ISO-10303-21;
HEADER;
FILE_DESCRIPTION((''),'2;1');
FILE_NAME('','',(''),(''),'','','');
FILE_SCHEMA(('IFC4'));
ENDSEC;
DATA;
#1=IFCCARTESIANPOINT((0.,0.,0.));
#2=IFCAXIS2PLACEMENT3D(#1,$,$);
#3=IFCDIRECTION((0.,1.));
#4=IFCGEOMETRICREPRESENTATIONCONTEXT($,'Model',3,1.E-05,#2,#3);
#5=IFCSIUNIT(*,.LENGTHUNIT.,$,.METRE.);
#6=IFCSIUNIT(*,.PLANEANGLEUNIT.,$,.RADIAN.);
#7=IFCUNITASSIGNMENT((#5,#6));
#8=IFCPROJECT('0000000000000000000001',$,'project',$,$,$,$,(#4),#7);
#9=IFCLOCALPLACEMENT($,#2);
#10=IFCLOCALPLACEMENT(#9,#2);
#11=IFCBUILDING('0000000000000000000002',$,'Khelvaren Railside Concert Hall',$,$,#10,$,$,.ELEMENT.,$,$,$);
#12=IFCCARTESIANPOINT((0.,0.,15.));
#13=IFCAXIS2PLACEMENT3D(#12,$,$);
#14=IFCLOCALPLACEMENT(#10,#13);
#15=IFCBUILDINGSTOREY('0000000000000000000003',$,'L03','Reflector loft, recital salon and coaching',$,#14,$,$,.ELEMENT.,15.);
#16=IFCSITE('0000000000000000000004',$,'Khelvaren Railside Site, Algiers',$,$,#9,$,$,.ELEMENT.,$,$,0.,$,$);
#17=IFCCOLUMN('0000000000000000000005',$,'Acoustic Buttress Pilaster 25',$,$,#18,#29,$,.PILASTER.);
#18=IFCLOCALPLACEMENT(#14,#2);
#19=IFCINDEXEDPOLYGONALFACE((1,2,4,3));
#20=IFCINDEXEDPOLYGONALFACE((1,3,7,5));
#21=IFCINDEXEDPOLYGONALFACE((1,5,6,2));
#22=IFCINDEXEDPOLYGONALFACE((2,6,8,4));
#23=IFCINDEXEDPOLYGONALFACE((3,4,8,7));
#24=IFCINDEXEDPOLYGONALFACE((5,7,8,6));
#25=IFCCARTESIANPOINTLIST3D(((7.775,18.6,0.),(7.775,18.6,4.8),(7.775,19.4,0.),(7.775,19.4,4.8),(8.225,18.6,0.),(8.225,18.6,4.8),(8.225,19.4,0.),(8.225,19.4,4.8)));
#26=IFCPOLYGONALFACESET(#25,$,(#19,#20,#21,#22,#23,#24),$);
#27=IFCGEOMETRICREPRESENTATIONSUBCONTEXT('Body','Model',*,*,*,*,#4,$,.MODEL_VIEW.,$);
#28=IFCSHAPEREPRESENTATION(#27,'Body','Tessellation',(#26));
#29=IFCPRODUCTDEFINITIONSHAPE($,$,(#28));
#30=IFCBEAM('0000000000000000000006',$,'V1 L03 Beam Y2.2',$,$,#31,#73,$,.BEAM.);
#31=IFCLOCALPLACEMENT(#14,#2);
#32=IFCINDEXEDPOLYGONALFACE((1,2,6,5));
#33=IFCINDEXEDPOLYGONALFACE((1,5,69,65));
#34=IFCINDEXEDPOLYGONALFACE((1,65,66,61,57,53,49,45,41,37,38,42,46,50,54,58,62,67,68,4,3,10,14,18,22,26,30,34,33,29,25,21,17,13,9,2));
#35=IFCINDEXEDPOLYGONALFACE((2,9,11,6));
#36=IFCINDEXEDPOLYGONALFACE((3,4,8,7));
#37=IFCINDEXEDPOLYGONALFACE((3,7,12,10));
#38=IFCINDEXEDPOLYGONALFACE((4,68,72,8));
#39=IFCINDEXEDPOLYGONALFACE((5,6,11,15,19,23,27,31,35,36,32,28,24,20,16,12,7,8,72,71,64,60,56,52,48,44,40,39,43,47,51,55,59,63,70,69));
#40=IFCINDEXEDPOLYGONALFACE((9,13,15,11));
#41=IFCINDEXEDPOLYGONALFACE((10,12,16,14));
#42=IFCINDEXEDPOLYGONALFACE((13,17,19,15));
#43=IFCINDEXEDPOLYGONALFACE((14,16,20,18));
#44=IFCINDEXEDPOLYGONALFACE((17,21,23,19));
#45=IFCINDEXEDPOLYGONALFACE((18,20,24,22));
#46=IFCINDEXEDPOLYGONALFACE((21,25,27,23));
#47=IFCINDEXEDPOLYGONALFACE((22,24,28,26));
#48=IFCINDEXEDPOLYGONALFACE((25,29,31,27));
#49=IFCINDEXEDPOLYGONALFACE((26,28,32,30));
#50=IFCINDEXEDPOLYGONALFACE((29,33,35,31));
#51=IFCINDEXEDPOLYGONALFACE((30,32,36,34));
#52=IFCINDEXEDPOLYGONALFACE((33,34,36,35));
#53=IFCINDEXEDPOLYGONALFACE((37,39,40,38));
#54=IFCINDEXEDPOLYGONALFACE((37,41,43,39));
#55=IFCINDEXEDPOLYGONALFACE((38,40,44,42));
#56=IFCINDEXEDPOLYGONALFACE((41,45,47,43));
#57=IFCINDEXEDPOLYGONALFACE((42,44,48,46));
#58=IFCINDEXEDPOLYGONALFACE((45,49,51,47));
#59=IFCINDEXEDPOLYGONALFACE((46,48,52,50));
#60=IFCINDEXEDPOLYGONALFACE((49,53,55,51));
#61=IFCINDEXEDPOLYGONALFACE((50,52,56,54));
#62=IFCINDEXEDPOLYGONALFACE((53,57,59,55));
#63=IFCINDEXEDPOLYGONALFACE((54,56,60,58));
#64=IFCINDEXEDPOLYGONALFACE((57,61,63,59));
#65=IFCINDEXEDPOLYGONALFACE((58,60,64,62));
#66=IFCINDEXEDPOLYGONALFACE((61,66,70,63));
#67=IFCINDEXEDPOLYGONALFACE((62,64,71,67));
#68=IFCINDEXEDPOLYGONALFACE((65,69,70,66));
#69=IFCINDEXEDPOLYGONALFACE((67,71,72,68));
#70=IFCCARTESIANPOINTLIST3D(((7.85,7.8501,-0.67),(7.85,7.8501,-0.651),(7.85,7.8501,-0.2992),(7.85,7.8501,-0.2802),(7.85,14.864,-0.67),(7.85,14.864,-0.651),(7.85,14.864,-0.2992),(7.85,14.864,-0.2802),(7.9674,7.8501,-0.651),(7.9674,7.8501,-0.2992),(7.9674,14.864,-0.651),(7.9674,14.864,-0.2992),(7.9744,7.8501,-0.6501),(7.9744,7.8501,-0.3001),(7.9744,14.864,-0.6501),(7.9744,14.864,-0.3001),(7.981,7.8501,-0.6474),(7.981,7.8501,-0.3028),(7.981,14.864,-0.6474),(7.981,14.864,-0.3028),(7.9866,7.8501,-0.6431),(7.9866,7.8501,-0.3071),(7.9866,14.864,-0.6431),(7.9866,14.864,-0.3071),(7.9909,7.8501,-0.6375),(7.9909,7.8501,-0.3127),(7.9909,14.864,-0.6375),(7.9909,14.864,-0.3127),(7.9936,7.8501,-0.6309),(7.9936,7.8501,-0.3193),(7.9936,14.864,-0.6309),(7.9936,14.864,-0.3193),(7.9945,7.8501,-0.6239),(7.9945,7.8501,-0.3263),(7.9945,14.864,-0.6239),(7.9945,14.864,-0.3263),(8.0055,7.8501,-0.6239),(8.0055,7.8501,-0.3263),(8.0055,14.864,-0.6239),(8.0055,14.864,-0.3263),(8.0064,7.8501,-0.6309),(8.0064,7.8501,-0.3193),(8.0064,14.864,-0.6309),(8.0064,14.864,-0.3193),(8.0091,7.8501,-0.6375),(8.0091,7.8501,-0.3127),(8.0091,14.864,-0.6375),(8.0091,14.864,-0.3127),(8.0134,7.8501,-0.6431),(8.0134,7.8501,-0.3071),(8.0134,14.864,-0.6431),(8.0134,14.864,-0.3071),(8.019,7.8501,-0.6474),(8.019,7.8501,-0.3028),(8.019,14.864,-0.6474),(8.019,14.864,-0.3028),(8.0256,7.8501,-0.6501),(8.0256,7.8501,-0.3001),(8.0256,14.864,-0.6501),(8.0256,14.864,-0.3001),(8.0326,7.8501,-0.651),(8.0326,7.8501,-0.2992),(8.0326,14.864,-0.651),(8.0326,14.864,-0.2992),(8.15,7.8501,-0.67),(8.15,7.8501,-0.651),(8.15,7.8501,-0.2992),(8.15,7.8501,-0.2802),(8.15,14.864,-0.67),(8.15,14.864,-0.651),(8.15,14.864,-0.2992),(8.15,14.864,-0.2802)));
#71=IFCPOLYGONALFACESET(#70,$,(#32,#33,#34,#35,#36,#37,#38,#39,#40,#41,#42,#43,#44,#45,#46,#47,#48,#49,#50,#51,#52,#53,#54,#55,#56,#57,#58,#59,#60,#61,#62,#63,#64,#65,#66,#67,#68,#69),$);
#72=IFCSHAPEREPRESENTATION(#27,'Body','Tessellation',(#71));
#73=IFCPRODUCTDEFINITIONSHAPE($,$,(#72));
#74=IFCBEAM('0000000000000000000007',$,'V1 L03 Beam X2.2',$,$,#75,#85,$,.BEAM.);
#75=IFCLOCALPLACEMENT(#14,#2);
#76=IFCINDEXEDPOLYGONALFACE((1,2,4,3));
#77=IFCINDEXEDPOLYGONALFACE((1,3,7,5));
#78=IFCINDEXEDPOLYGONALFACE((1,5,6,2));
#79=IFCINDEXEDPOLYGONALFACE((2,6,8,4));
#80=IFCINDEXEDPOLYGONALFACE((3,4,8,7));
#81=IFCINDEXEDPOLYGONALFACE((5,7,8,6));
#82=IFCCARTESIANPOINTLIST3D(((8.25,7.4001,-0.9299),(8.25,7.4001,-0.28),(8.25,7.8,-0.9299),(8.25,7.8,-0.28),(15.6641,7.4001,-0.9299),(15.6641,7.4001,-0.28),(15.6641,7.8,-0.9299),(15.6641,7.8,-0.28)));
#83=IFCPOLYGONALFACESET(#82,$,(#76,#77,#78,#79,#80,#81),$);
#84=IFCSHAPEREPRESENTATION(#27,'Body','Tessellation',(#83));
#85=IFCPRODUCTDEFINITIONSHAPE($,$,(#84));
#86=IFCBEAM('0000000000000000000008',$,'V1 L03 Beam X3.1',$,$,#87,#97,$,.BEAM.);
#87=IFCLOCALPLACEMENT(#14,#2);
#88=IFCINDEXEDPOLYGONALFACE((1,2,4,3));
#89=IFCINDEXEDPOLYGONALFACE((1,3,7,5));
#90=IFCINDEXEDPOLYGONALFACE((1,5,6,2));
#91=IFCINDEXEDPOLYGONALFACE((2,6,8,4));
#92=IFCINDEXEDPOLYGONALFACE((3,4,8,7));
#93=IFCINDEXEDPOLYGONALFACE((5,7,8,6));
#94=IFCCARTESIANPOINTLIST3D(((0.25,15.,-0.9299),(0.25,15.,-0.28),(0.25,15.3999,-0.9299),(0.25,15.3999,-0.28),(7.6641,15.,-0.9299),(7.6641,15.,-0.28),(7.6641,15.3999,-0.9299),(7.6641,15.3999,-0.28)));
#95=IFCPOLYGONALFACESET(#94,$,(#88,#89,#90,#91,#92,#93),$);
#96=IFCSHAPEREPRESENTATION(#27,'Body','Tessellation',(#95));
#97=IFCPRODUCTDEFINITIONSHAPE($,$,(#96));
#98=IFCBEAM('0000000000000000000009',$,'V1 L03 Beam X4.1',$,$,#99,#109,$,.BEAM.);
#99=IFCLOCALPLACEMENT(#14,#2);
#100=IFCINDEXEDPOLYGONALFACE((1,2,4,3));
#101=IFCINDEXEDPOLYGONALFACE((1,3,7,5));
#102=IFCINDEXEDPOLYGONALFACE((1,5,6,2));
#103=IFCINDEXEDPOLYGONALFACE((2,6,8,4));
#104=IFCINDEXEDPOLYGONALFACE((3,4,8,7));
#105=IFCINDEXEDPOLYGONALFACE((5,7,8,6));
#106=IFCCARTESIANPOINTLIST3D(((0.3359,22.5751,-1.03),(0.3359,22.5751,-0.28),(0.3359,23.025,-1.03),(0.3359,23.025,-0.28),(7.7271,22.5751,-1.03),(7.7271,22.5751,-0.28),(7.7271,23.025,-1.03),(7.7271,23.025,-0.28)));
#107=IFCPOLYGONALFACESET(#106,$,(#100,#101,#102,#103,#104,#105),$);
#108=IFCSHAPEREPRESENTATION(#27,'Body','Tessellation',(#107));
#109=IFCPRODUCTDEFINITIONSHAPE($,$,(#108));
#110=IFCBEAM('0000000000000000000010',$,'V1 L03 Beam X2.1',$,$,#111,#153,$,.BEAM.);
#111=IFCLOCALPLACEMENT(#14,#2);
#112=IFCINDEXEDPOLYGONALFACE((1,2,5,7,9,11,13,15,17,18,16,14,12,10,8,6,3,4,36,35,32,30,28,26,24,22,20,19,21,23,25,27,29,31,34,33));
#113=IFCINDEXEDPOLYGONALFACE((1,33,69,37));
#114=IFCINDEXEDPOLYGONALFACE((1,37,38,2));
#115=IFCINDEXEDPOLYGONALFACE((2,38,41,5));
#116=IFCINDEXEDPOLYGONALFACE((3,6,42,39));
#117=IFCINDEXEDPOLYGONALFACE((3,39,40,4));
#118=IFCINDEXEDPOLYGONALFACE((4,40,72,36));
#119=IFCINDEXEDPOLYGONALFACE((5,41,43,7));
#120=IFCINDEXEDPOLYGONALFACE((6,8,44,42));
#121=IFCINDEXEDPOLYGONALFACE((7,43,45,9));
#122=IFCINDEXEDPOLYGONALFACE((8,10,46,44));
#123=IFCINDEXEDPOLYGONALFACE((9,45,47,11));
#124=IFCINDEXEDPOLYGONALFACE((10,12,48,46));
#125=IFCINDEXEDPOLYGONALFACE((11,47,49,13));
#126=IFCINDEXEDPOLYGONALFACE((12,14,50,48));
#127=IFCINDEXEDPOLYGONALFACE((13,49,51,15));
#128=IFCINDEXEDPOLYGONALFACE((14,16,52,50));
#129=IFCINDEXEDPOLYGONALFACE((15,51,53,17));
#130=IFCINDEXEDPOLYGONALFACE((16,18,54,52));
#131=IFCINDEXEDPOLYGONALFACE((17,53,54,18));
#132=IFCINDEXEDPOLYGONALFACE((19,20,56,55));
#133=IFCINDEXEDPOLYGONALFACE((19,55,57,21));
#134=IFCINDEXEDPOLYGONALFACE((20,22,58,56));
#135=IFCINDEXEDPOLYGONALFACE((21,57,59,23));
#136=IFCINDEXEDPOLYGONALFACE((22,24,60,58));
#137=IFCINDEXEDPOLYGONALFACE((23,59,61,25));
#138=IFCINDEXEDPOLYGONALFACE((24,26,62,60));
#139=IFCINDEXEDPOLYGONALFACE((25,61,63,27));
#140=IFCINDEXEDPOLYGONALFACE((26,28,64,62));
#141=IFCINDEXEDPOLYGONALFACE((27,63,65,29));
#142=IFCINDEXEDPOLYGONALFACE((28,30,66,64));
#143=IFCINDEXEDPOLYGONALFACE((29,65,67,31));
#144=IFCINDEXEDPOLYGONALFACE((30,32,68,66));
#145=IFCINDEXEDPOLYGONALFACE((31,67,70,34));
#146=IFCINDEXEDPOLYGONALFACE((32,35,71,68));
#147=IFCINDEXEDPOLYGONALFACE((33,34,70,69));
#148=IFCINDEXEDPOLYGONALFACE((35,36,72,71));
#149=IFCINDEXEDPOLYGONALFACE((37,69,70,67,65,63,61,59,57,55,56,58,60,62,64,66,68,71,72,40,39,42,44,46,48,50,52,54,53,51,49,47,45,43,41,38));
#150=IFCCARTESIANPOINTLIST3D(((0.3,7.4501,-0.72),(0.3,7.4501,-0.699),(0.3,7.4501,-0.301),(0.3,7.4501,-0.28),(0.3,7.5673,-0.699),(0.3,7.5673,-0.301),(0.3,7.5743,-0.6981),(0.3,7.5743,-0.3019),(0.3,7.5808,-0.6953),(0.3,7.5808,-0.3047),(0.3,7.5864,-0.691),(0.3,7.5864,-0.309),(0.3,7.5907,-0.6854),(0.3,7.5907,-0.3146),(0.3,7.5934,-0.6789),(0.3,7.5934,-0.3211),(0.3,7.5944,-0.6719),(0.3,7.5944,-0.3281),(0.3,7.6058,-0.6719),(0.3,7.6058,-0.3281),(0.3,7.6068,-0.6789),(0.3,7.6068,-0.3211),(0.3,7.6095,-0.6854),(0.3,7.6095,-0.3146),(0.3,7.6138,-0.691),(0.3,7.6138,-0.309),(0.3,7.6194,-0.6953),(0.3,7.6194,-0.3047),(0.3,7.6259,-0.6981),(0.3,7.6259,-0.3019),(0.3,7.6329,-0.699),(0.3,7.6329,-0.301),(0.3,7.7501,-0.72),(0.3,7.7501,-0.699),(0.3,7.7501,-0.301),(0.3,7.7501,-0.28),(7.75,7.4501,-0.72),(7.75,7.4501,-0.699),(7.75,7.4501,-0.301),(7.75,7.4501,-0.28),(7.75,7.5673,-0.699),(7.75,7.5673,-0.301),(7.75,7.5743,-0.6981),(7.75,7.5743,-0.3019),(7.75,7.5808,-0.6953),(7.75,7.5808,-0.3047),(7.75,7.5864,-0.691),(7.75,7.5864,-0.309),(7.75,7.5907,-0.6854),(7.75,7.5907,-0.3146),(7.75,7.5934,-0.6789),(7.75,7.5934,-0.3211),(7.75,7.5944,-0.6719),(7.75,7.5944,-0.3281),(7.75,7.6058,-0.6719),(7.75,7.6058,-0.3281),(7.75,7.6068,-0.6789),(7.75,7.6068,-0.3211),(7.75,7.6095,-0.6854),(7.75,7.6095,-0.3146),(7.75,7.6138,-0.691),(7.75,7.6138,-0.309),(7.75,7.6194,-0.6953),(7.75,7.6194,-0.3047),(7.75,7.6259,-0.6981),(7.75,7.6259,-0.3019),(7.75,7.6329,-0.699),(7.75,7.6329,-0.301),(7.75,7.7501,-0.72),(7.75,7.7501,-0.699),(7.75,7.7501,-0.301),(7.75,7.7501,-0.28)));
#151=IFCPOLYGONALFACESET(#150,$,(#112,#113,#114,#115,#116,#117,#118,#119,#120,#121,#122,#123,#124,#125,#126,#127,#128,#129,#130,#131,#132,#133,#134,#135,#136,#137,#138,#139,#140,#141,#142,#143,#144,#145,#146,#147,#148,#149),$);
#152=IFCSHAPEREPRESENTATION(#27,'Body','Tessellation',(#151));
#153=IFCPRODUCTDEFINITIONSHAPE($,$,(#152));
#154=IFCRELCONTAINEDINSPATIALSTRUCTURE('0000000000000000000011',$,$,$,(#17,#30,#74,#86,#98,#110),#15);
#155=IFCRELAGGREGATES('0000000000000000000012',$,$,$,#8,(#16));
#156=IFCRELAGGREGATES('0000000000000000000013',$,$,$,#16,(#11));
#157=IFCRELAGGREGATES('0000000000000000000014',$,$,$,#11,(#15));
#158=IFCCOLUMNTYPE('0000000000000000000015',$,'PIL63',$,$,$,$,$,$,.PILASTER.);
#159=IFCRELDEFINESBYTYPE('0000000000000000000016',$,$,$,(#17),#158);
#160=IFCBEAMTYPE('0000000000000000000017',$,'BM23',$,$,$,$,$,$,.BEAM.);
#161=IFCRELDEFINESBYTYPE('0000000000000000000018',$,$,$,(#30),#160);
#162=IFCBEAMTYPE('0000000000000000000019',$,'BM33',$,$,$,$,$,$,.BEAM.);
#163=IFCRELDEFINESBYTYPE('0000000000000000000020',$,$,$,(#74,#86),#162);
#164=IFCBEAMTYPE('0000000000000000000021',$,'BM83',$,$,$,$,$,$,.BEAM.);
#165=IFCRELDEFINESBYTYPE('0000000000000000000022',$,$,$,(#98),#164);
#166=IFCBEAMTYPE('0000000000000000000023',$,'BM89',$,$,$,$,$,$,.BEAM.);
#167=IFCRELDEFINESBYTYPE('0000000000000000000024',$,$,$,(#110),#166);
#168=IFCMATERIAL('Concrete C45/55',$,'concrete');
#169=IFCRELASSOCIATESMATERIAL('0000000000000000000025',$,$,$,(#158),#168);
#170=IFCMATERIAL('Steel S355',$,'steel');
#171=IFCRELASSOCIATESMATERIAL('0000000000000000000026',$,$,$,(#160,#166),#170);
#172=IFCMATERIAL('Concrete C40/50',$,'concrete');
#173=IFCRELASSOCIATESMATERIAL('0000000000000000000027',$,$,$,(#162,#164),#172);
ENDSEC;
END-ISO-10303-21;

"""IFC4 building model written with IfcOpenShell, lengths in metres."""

from ifc_helpers import new_model, si_unit, direction, frame, origin, origin_2d, place, context, subcontext, project, spatial, rectangle, i_section, extrude, material, material_profile, profile_set, type_object, element, save


model = new_model("IFC4")

# Units and contexts
model_context = context("Model", 3, precision=1e-05, world=origin(), true_north=direction((0.0, 1.0)))
body_context = subcontext(model_context, "Body", "Model", "MODEL_VIEW")
ifc_project = project(units=[si_unit("LENGTHUNIT", "METRE"), si_unit("PLANEANGLEUNIT", "RADIAN")], contexts=[model_context])

# Site, building, storey
site_placement = place(None, origin())
site = spatial("IfcSite", under=ifc_project, at=site_placement, Name="Khelvaren Railside Site, Algiers", CompositionType="ELEMENT", RefElevation=0.0)
building_placement = place(site_placement, origin())
building = spatial("IfcBuilding", under=site, at=building_placement, Name="Khelvaren Railside Concert Hall", CompositionType="ELEMENT")
storey_placement = place(building_placement, frame((0.0, 0.0, 15.0)))
storey = spatial("IfcBuildingStorey", under=building, at=storey_placement, Name="L03", Description="Reflector loft, recital salon and coaching", CompositionType="ELEMENT", Elevation=15.0)

# Column
ifc_material_1 = material(Name="Concrete C45/55", Category="concrete")
ifc_material_profile_1 = material_profile(ifc_material_1, rectangle(XDim=0.45, YDim=0.8, at=origin_2d()), Name="PIL 450x800")
ifc_profile_set_1 = profile_set([ifc_material_profile_1], Name="Concrete C45/55")
column_type_1 = type_object("IfcColumnType", Name="PIL63", PredefinedType="PILASTER", material=ifc_profile_set_1)
column_1_placement = place(storey_placement, frame((8.0, 19.0, 0.0), z_axis=(0.0, 0.0, 1.0), x_axis=(1.0, 0.0, 0.0)))
element("IfcColumn", 1, at=column_1_placement, inside=storey, type_object=column_type_1, Name="Acoustic Buttress Pilaster 25", PredefinedType="PILASTER", context=body_context, shape_type="SweptSolid", body=[
    extrude(rectangle(XDim=0.45, YDim=0.8, at=origin_2d()), origin(), (0.0, 0.0, 1.0), 4.8),
])

# Beams
ifc_material_2 = material(Name="Steel S355", Category="steel")
ifc_material_profile_2 = material_profile(ifc_material_2, i_section(OverallWidth=0.3, OverallDepth=0.3899, WebThickness=0.011, FlangeThickness=0.019, FilletRadius=0.0271, at=origin_2d()), Name="HEA 400")
ifc_profile_set_2 = profile_set([ifc_material_profile_2], Name="Steel S355")
beam_type_1 = type_object("IfcBeamType", Name="BM23", PredefinedType="BEAM", material=ifc_profile_set_2)
beam_1_placement = place(storey_placement, frame((8.0, 7.8501, -0.4751), z_axis=(0.0, 1.0, 0.0), x_axis=(-1.0, 0.0, 0.0)))
element("IfcBeam", 2, at=beam_1_placement, inside=storey, type_object=beam_type_1, Name="V1 L03 Beam Y2.2", PredefinedType="BEAM", context=body_context, shape_type="SweptSolid", body=[
    extrude(i_section(OverallWidth=0.3, OverallDepth=0.3899, WebThickness=0.011, FlangeThickness=0.019, FilletRadius=0.0271, at=origin_2d()), origin(), (0.0, 0.0, 1.0), 7.0139),
])
ifc_material_3 = material(Name="Concrete C40/50", Category="concrete")
ifc_material_profile_3 = material_profile(ifc_material_3, rectangle(XDim=0.3999, YDim=0.6499, at=origin_2d()), Name="RCB 400x650")
ifc_profile_set_3 = profile_set([ifc_material_profile_3], Name="Concrete C40/50")
beam_type_2 = type_object("IfcBeamType", Name="BM33", PredefinedType="BEAM", material=ifc_profile_set_3)
for number, where, z_axis, x_axis, name in (
    (3, (8.25, 7.6001, -0.605), (1.0, 0.0, 0.0), (0.0, 1.0, 0.0), "V1 L03 Beam X2.2"),
    (4, (0.25, 15.2, -0.605), (1.0, 0.0, 0.0), (0.0, 1.0, 0.0), "V1 L03 Beam X3.1"),
):
    element("IfcBeam", number, at=place(storey_placement, frame(where, z_axis=z_axis, x_axis=x_axis)), inside=storey, type_object=beam_type_2, Name=name, PredefinedType="BEAM", context=body_context, shape_type="SweptSolid", body=[
        extrude(rectangle(XDim=0.3999, YDim=0.6499, at=origin_2d()), origin(), (0.0, 0.0, 1.0), 7.4141),
    ])
ifc_material_profile_4 = material_profile(ifc_material_3, rectangle(XDim=0.45, YDim=0.75, at=origin_2d()), Name="RCB 450x750")
ifc_profile_set_4 = profile_set([ifc_material_profile_4], Name="Concrete C40/50")
beam_type_3 = type_object("IfcBeamType", Name="BM83", PredefinedType="BEAM", material=ifc_profile_set_4)
beam_2_placement = place(storey_placement, frame((0.3359, 22.8, -0.655), z_axis=(1.0, 0.0, 0.0), x_axis=(0.0, 1.0, 0.0)))
element("IfcBeam", 5, at=beam_2_placement, inside=storey, type_object=beam_type_3, Name="V1 L03 Beam X4.1", PredefinedType="BEAM", context=body_context, shape_type="SweptSolid", body=[
    extrude(rectangle(XDim=0.45, YDim=0.75, at=origin_2d()), origin(), (0.0, 0.0, 1.0), 7.3911),
])
ifc_material_profile_5 = material_profile(ifc_material_2, i_section(OverallWidth=0.3, OverallDepth=0.4399, WebThickness=0.0115, FlangeThickness=0.021, FilletRadius=0.0271, at=origin_2d()), Name="HEA 450")
ifc_profile_set_5 = profile_set([ifc_material_profile_5], Name="Steel S355")
beam_type_4 = type_object("IfcBeamType", Name="BM89", PredefinedType="BEAM", material=ifc_profile_set_5)
beam_3_placement = place(storey_placement, frame((0.3, 7.6001, -0.5), z_axis=(1.0, 0.0, 0.0), x_axis=(0.0, 1.0, 0.0)))
element("IfcBeam", 6, at=beam_3_placement, inside=storey, type_object=beam_type_4, Name="V1 L03 Beam X2.1", PredefinedType="BEAM", context=body_context, shape_type="SweptSolid", body=[
    extrude(i_section(OverallWidth=0.3, OverallDepth=0.4399, WebThickness=0.0115, FlangeThickness=0.021, FilletRadius=0.0271, at=origin_2d()), origin(), (0.0, 0.0, 1.0), 7.45),
])

save(model, "model.ifc")
